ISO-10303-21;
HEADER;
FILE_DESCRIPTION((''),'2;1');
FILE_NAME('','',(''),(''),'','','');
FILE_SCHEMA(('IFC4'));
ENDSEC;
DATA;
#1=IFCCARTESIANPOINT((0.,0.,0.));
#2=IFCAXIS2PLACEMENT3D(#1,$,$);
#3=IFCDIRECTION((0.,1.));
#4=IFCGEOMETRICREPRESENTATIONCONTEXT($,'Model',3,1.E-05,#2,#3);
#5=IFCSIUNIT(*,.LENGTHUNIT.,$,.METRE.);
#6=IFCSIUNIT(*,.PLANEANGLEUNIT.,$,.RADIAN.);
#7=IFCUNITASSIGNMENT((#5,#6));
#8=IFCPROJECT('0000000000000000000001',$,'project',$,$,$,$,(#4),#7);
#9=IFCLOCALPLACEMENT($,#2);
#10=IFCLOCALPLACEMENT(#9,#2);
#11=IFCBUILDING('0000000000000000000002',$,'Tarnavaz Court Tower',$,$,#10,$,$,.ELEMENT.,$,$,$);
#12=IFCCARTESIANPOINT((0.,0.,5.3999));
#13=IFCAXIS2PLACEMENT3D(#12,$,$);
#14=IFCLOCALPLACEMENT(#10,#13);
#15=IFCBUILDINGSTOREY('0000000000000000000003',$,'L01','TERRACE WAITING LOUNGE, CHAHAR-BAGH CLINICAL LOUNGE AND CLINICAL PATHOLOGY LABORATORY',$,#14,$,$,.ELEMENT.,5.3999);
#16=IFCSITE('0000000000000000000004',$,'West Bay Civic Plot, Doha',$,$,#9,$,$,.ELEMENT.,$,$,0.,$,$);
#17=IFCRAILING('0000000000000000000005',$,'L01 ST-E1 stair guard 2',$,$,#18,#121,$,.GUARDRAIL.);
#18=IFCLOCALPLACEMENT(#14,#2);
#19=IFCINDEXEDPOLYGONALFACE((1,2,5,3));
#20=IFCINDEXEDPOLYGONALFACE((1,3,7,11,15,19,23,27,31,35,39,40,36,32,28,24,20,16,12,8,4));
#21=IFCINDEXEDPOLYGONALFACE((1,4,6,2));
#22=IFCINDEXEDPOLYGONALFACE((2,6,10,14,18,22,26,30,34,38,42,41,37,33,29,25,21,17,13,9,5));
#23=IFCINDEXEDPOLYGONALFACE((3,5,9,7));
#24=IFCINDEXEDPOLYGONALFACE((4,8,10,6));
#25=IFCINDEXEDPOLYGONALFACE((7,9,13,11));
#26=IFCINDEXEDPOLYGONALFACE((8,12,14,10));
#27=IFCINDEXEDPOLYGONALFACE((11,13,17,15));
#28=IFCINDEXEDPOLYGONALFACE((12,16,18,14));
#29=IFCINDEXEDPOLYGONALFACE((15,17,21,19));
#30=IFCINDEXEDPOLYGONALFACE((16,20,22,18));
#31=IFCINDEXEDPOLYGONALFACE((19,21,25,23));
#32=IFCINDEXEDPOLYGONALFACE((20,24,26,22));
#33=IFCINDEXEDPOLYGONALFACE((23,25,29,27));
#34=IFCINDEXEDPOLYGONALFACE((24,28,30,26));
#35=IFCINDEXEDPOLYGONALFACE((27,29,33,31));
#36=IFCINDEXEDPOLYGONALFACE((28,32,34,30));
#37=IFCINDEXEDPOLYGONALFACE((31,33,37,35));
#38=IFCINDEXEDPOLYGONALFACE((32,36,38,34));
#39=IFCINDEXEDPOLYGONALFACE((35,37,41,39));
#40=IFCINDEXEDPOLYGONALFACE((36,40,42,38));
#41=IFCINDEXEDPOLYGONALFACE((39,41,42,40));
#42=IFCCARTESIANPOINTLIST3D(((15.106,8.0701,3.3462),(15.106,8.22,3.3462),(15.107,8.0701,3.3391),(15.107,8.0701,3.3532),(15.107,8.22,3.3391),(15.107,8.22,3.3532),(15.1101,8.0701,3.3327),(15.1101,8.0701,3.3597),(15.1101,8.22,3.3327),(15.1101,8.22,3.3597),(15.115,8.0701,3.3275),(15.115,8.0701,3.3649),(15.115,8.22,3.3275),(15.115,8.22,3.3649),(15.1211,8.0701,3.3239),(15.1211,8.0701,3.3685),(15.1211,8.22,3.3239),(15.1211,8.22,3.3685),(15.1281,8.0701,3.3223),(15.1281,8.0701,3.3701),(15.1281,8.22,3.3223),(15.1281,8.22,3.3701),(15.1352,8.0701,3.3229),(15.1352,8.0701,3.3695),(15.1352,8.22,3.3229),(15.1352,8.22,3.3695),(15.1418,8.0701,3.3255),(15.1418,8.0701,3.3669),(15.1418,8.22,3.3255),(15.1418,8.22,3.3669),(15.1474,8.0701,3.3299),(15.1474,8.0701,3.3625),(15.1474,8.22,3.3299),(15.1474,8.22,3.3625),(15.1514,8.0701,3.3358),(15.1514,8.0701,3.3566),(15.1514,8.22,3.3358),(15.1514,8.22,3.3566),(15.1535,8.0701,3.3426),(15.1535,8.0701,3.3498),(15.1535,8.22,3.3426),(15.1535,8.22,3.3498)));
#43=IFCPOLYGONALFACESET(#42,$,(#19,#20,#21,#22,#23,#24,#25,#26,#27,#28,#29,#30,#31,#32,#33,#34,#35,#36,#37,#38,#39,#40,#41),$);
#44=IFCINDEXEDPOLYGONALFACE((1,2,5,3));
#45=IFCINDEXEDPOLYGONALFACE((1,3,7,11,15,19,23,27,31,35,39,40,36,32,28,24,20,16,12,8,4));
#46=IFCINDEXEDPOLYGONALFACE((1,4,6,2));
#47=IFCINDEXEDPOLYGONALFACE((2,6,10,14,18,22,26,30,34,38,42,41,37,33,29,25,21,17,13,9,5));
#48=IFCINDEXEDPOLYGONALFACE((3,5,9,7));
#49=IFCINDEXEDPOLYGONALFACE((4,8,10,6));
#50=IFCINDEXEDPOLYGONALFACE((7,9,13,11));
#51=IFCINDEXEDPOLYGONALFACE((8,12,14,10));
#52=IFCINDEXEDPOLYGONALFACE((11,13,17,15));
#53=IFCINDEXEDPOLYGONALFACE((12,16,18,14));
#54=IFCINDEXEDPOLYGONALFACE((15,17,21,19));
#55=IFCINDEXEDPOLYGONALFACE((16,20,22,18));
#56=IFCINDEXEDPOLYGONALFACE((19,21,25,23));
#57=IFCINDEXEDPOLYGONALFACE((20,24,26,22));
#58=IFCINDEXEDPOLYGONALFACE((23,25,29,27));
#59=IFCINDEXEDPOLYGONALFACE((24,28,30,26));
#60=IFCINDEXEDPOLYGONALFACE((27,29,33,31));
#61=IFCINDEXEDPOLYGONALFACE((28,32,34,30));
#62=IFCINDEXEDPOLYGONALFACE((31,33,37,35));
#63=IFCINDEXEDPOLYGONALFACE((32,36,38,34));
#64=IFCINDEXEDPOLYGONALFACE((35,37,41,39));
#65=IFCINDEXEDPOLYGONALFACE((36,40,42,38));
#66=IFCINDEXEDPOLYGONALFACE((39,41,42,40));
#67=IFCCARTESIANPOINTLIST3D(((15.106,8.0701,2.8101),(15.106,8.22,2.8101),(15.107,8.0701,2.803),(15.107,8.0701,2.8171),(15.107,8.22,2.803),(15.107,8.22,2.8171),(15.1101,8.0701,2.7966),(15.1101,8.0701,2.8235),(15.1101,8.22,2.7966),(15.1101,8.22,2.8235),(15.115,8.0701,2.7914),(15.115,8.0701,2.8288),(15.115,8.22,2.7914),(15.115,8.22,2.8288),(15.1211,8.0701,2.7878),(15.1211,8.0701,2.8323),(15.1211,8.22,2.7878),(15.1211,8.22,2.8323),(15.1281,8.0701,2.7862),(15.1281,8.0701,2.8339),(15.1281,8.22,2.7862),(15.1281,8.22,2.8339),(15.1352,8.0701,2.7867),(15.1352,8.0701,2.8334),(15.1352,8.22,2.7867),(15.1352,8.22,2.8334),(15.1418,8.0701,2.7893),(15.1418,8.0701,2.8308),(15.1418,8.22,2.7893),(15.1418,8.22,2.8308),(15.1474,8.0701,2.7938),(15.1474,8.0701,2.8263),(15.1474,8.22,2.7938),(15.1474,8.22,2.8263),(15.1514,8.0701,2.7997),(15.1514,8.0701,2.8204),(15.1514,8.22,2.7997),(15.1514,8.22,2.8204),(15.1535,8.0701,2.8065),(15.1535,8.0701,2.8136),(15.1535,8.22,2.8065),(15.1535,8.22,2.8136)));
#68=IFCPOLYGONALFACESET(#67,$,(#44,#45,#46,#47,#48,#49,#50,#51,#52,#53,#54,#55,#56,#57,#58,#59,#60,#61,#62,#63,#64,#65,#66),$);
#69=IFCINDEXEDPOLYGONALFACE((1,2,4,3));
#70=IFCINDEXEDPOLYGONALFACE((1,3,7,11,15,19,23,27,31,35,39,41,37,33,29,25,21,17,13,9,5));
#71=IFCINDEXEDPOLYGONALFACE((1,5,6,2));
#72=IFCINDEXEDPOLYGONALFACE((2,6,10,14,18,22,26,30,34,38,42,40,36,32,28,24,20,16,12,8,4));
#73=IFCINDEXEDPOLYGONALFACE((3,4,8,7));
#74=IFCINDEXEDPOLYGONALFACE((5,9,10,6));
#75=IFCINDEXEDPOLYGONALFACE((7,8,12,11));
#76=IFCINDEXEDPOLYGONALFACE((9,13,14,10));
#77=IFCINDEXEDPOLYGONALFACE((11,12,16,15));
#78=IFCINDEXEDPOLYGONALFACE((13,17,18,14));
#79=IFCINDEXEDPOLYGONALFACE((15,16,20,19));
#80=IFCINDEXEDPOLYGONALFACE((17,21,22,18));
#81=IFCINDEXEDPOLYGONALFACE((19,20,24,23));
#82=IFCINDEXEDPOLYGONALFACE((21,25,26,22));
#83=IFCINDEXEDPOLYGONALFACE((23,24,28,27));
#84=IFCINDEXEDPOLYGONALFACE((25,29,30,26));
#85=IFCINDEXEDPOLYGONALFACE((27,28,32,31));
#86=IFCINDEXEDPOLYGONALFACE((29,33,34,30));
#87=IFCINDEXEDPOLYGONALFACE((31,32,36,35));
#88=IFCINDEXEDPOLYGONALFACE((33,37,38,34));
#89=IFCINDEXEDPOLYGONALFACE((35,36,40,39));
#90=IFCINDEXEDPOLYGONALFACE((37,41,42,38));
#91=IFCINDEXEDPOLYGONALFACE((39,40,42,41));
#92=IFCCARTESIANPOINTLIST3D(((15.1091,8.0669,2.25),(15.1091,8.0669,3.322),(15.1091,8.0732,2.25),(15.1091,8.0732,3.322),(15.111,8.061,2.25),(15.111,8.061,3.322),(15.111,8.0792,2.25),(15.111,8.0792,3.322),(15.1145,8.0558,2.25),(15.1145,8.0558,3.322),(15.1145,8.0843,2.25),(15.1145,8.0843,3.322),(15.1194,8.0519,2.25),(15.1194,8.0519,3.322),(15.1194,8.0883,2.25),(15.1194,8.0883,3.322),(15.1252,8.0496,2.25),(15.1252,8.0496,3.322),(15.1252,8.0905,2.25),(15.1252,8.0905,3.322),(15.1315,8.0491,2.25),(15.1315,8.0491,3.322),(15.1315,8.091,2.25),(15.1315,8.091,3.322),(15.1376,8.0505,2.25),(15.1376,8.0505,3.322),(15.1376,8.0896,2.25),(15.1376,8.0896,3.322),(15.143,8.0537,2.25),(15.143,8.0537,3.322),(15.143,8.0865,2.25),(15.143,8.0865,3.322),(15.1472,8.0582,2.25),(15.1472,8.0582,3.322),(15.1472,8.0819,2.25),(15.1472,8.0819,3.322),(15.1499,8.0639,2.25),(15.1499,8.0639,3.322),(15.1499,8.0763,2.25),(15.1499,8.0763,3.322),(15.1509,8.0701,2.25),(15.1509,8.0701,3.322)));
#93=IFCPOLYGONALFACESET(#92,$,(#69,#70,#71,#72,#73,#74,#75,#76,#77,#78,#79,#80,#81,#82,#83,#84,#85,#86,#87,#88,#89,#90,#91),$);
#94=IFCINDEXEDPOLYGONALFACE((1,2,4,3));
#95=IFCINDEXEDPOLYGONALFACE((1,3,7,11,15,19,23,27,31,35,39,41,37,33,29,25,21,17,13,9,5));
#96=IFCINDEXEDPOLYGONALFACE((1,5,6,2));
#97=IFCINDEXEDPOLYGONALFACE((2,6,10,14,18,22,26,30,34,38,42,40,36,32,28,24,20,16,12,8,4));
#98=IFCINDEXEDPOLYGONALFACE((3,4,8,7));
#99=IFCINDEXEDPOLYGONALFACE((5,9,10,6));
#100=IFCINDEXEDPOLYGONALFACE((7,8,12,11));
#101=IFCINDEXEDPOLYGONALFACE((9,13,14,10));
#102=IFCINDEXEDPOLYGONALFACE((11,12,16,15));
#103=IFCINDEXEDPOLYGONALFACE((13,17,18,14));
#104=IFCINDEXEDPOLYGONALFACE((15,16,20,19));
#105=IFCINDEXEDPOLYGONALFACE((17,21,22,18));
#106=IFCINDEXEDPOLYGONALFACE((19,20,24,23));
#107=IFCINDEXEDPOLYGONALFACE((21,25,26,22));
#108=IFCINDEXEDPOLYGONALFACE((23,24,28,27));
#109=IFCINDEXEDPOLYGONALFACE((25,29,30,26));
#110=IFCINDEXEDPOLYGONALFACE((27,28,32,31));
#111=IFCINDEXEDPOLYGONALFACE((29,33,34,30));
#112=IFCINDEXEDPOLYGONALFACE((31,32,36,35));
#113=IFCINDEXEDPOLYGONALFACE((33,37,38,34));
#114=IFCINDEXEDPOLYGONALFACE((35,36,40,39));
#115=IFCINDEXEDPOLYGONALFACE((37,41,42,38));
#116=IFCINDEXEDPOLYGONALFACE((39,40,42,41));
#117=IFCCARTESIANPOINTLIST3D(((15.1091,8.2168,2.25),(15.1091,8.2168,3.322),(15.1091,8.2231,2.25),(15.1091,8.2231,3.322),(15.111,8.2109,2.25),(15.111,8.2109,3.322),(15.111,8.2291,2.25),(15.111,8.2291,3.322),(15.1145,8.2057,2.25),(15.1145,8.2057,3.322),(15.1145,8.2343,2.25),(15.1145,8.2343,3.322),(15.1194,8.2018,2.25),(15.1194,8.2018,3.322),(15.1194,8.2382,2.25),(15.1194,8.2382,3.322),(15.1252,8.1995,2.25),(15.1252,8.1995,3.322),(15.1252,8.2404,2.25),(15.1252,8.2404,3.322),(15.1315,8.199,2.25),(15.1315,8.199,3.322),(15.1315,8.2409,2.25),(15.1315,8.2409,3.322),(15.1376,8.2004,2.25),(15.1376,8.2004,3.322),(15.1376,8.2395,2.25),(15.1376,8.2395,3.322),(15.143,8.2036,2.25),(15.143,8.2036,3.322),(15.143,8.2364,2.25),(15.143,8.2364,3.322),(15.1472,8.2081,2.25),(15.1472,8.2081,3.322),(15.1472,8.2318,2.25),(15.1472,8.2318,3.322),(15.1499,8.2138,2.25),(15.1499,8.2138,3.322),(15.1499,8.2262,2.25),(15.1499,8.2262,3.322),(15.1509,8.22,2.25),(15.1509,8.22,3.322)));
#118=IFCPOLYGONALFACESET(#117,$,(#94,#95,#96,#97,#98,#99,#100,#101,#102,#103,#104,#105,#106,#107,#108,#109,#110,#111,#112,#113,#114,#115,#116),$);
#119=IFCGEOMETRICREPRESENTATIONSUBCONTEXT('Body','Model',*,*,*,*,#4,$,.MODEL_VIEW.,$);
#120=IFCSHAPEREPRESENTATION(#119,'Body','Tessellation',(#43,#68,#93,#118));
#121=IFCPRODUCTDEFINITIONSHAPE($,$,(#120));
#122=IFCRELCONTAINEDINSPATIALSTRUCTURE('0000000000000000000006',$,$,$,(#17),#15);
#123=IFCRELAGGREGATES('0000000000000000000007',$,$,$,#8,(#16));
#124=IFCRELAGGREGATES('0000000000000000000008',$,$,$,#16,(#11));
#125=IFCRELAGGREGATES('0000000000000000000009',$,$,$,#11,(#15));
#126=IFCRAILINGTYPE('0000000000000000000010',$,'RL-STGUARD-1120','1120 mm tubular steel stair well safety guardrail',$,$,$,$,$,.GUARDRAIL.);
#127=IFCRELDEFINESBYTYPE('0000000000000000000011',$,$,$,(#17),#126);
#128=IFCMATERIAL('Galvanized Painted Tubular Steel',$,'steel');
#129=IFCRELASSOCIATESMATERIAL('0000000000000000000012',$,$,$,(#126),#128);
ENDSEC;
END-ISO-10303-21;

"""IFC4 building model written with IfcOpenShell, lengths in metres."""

from ifc_helpers import new_model, si_unit, direction, frame, origin, origin_2d, place, context, subcontext, project, spatial, circle, extrude, material, type_object, element, save


model = new_model("IFC4")

# Units and contexts
model_context = context("Model", 3, precision=1e-05, world=origin(), true_north=direction((0.0, 1.0)))
body_context = subcontext(model_context, "Body", "Model", "MODEL_VIEW")
ifc_project = project(units=[si_unit("LENGTHUNIT", "METRE"), si_unit("PLANEANGLEUNIT", "RADIAN")], contexts=[model_context])

# Site, building, storey
site_placement = place(None, origin())
site = spatial("IfcSite", under=ifc_project, at=site_placement, Name="West Bay Civic Plot, Doha", CompositionType="ELEMENT", RefElevation=0.0)
building_placement = place(site_placement, origin())
building = spatial("IfcBuilding", under=site, at=building_placement, Name="Tarnavaz Court Tower", CompositionType="ELEMENT")
storey_placement = place(building_placement, frame((0.0, 0.0, 5.3999)))
storey = spatial("IfcBuildingStorey", under=building, at=storey_placement, Name="L01", Description="TERRACE WAITING LOUNGE, CHAHAR-BAGH CLINICAL LOUNGE AND CLINICAL PATHOLOGY LABORATORY", CompositionType="ELEMENT", Elevation=5.3999)

# Railing
ifc_material_1 = material(Name="Galvanized Painted Tubular Steel", Category="steel")
railing_type_1 = type_object("IfcRailingType", Name="RL-STGUARD-1120", Description="1120 mm tubular steel stair well safety guardrail", PredefinedType="GUARDRAIL", material=ifc_material_1)
railing_1_placement = place(storey_placement, frame((15.1299, 8.0701, 2.25)))
element("IfcRailing", 1, at=railing_1_placement, inside=storey, type_object=railing_type_1, Name="L01 ST-E1 stair guard 2", PredefinedType="GUARDRAIL", context=body_context, shape_type="SweptSolid", body=[
    extrude(circle(Radius=0.0239, at=origin_2d()), frame((0.0, 0.0, 1.0962), z_axis=(0.0, 1.0, 0.0), x_axis=(-1.0, 0.0, 0.0)), (0.0, 0.0, 1.0), 0.1499),
    extrude(circle(Radius=0.0239, at=origin_2d()), frame((0.0, 0.0, 0.5601), z_axis=(0.0, 1.0, 0.0), x_axis=(-1.0, 0.0, 0.0)), (0.0, 0.0, 1.0), 0.1499),
    extrude(circle(Radius=0.021, at=origin_2d()), origin(), (0.0, 0.0, 1.0), 1.072),
    extrude(circle(Radius=0.021, at=origin_2d()), frame((0.0, 0.1499, 0.0)), (0.0, 0.0, 1.0), 1.072),
])

save(model, "model.ifc")
